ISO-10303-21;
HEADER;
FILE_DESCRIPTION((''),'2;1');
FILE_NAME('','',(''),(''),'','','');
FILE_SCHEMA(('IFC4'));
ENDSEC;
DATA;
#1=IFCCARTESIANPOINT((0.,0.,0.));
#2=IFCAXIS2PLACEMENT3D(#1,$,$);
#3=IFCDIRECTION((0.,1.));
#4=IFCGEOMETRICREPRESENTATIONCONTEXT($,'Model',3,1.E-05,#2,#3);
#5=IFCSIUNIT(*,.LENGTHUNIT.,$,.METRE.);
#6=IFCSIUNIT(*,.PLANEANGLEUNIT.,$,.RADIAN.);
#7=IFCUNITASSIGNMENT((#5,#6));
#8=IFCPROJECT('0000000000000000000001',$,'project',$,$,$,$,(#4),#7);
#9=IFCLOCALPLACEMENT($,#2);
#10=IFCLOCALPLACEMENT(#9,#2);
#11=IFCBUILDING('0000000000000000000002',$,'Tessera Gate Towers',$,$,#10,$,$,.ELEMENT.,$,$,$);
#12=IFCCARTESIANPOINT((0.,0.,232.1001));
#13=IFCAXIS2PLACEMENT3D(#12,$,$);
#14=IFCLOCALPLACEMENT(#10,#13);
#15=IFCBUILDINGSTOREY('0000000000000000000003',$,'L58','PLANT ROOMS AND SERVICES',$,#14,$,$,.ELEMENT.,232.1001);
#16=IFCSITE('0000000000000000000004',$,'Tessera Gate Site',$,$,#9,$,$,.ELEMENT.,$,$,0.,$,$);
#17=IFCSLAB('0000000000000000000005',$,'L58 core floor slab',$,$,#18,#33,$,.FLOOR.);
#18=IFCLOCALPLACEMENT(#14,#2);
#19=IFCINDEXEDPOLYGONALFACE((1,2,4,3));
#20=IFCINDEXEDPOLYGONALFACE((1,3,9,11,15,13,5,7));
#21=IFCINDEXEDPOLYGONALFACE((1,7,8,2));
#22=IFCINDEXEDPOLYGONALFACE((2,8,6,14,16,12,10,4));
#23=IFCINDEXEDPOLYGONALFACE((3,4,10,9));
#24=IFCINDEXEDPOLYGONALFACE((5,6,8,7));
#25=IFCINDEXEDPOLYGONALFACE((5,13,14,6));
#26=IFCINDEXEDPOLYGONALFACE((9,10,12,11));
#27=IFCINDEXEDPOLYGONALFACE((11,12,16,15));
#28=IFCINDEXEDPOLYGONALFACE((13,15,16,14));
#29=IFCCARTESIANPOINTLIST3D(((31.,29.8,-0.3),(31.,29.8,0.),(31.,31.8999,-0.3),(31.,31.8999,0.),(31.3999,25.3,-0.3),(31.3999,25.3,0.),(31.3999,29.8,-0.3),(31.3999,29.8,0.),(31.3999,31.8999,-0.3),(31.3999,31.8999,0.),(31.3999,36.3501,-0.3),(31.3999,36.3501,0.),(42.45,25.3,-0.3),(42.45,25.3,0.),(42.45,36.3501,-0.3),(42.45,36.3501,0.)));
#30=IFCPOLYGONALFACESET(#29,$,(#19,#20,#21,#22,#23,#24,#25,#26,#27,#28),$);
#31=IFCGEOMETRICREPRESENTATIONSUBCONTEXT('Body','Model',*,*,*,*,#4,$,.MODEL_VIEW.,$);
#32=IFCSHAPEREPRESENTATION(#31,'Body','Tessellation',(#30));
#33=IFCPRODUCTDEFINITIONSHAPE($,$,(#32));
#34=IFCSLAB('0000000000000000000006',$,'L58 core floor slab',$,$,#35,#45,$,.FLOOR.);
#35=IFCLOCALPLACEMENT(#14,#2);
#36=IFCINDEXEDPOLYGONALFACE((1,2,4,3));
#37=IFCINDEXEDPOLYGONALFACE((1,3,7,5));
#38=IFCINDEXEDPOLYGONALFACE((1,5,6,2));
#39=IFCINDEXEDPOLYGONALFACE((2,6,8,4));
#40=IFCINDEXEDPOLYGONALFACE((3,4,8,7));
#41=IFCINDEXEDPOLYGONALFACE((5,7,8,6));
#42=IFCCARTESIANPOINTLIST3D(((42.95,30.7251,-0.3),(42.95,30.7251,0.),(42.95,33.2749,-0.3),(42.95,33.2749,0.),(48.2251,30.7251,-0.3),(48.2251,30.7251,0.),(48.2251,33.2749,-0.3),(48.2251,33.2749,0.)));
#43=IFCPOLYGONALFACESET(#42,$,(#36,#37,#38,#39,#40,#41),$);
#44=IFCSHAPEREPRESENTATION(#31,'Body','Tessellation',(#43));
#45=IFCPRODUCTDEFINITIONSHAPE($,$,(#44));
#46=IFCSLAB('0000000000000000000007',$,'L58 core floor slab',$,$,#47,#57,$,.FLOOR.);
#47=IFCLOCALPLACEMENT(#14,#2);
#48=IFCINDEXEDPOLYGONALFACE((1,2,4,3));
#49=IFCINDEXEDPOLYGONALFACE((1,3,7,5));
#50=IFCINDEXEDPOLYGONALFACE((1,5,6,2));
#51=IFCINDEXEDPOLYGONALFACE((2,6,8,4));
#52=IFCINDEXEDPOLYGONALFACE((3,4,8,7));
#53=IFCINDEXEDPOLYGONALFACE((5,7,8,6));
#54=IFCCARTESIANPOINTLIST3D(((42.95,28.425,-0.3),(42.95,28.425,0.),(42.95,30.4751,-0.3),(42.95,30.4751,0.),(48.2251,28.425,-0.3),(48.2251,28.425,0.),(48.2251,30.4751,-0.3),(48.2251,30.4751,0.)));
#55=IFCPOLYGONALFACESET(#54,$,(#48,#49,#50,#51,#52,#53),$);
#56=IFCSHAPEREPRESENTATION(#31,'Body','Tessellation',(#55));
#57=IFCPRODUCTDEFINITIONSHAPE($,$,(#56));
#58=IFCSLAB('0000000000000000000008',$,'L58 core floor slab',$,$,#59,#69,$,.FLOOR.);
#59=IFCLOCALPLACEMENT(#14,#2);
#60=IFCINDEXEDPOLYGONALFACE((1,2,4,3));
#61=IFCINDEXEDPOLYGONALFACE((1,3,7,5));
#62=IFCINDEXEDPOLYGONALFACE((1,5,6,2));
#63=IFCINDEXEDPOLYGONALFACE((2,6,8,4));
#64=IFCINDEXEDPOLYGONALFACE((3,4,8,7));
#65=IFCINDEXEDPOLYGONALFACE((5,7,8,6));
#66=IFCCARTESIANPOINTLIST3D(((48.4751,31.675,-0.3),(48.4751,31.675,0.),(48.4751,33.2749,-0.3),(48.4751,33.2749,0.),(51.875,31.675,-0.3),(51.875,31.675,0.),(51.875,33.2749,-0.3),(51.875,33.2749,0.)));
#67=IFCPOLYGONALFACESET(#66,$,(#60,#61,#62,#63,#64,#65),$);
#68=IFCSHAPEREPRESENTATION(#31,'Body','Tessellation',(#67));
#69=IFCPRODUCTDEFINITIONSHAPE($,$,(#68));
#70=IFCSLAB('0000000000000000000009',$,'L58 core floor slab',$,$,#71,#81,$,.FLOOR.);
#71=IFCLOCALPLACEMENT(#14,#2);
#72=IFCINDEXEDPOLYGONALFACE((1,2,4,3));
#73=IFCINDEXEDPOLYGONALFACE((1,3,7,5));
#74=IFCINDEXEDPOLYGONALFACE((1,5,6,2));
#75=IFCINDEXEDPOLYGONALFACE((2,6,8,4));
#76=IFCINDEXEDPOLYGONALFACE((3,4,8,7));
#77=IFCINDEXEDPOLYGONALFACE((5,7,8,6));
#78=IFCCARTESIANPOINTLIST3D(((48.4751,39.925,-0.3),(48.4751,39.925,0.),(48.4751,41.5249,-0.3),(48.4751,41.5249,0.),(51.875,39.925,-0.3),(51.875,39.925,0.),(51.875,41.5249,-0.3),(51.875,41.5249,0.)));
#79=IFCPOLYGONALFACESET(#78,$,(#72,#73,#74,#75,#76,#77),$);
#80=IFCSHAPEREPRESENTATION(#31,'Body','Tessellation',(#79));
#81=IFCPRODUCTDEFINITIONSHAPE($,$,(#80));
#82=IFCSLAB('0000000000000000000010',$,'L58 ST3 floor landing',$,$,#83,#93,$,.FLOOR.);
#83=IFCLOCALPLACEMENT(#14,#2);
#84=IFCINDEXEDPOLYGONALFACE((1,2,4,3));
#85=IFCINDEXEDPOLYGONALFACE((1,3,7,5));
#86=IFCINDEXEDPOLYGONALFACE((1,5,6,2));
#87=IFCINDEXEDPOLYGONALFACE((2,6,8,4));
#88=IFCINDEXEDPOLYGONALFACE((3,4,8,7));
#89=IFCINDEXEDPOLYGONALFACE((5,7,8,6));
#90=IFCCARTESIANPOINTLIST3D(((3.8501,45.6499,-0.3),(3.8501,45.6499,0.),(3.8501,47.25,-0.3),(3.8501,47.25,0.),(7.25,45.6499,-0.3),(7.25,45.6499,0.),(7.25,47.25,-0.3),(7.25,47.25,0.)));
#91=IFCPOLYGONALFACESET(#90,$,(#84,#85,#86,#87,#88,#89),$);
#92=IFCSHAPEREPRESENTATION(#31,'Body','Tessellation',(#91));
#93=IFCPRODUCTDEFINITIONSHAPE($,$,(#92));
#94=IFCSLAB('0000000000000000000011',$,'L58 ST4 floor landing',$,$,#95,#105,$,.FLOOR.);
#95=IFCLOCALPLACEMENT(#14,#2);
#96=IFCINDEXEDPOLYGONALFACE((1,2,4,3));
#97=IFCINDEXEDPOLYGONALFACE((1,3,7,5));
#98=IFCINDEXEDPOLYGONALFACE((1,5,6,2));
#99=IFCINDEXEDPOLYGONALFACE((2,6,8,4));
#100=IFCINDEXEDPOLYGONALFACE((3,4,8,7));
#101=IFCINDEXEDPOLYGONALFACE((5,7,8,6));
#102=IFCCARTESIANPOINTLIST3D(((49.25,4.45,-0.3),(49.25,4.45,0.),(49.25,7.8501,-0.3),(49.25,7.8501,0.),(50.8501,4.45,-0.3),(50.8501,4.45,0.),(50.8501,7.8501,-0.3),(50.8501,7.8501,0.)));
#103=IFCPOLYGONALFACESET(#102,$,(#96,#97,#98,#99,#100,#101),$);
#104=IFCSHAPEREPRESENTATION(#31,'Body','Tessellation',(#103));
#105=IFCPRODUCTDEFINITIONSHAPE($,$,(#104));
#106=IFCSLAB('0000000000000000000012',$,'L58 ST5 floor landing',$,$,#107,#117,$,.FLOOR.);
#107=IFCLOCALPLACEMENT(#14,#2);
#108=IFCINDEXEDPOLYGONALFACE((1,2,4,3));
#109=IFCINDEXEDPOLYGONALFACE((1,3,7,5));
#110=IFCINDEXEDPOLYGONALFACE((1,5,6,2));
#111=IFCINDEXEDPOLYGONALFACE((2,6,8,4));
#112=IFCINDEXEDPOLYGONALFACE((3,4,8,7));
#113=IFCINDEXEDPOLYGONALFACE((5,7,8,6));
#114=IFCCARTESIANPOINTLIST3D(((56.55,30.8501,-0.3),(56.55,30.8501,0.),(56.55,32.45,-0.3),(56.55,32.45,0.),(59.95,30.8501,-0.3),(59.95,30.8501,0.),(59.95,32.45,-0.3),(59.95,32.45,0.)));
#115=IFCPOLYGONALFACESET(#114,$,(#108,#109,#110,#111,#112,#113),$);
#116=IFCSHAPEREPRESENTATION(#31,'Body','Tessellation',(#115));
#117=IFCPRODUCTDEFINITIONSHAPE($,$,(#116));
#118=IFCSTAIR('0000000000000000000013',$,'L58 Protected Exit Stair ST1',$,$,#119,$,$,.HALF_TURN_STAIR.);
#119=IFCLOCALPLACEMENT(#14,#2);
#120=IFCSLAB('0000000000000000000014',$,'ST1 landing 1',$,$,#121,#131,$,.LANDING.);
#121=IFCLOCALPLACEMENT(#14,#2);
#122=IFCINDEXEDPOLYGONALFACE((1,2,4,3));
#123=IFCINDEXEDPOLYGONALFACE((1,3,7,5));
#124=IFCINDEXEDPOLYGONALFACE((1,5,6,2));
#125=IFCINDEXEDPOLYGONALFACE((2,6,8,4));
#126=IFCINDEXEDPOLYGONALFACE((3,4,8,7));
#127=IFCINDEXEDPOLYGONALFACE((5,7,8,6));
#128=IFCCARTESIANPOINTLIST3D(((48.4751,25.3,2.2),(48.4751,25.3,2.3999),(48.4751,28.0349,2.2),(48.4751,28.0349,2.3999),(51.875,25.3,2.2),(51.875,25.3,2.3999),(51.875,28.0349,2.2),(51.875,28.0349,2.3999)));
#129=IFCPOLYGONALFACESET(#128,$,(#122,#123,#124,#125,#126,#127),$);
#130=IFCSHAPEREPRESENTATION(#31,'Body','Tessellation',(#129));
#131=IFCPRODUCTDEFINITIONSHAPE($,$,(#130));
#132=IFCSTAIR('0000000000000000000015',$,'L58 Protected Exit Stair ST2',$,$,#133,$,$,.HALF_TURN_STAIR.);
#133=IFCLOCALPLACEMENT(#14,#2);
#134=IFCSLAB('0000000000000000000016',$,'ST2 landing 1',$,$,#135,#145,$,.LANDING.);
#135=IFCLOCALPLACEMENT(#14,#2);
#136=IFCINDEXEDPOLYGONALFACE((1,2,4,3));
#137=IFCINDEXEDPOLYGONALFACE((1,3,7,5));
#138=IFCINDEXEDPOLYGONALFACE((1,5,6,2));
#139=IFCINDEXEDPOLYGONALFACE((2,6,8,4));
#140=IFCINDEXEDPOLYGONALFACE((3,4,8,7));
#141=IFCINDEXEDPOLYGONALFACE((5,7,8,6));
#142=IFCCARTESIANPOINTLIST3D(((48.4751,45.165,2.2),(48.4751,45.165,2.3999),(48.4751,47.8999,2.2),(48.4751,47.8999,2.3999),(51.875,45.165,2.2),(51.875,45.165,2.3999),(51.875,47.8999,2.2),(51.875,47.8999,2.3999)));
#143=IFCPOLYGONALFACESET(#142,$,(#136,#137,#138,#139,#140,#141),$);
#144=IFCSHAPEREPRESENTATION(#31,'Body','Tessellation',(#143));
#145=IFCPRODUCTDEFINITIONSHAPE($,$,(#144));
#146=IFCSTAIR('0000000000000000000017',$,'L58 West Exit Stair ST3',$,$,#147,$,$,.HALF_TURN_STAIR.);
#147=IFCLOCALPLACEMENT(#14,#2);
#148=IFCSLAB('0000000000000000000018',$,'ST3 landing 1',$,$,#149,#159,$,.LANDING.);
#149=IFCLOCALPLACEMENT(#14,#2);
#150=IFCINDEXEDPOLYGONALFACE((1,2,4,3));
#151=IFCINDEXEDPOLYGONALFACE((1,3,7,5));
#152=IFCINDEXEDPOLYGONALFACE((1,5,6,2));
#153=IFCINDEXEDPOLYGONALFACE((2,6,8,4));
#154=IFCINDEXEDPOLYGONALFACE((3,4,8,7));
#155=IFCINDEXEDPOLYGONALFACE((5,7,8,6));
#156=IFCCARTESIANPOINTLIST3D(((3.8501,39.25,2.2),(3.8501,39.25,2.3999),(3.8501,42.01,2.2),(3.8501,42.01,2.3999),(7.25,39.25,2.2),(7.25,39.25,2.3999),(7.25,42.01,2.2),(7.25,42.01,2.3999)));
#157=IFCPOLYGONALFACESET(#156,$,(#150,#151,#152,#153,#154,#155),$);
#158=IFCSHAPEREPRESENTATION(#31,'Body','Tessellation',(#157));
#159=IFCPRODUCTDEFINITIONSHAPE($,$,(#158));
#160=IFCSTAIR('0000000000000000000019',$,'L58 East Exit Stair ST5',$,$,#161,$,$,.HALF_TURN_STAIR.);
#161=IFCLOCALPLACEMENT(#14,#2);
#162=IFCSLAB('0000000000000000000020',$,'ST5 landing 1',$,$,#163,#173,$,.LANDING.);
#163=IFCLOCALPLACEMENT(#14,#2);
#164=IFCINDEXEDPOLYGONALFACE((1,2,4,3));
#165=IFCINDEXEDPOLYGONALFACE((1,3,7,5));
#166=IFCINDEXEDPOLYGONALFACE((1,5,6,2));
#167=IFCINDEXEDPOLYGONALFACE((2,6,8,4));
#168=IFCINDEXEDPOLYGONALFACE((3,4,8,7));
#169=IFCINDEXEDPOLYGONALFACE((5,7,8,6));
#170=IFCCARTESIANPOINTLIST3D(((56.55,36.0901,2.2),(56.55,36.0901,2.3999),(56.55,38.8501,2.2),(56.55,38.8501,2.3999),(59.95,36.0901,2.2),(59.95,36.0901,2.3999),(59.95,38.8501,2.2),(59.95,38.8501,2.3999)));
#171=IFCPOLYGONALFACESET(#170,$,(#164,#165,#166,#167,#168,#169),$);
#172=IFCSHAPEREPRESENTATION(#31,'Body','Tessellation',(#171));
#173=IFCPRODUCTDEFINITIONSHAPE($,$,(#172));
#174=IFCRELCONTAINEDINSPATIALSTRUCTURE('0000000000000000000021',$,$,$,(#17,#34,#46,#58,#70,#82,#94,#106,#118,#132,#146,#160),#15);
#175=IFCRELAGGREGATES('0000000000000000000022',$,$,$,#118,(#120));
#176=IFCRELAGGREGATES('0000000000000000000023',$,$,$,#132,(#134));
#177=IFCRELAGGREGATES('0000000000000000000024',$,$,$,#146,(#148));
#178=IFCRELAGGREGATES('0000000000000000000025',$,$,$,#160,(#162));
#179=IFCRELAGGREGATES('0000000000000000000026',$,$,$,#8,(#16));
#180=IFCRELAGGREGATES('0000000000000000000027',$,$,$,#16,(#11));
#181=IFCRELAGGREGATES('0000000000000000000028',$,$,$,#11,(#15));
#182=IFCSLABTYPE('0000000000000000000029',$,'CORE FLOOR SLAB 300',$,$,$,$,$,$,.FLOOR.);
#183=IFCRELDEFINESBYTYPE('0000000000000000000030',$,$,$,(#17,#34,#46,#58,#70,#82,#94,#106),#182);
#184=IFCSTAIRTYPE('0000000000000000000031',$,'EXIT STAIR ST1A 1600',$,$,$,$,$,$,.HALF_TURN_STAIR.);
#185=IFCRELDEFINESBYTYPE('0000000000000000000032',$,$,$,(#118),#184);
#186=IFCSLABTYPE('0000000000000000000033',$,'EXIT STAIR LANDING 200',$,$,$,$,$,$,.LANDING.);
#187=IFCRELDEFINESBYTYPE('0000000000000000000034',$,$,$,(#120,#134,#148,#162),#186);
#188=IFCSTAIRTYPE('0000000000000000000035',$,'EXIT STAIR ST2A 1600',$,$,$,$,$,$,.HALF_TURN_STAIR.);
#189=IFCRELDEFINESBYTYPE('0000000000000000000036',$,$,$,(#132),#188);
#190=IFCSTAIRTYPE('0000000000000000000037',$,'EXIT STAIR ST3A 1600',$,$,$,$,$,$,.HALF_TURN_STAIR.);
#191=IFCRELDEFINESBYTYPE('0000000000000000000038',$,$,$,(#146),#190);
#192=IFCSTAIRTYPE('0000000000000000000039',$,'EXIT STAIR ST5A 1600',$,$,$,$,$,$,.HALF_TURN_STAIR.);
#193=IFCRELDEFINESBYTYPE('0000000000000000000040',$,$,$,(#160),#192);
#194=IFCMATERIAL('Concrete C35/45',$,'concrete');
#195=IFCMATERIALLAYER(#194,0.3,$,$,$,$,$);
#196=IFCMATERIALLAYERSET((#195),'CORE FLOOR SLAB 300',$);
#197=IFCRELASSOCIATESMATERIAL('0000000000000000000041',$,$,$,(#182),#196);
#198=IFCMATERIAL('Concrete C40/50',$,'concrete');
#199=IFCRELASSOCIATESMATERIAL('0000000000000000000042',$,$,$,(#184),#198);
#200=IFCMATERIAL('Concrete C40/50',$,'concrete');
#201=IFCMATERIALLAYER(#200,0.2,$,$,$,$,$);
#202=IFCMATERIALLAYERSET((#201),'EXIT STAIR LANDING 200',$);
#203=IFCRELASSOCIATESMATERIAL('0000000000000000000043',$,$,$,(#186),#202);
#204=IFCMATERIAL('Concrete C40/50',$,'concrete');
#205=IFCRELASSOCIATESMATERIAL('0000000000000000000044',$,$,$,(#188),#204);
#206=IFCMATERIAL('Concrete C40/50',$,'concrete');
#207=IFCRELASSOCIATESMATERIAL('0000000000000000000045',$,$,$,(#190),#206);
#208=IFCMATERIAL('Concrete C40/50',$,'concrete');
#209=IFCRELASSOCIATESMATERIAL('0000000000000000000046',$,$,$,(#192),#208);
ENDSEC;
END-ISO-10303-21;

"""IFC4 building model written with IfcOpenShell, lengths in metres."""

from ifc_helpers import new_model, si_unit, direction, frame, origin, place, context, subcontext, project, spatial, polyline, outline, extrude, material, layer, layer_set, type_object, element, aggregate, save


model = new_model("IFC4")

# Units and contexts
model_context = context("Model", 3, precision=1e-05, world=origin(), true_north=direction((0.0, 1.0)))
body_context = subcontext(model_context, "Body", "Model", "MODEL_VIEW")
ifc_project = project(units=[si_unit("LENGTHUNIT", "METRE"), si_unit("PLANEANGLEUNIT", "RADIAN")], contexts=[model_context])

# Site, building, storey
site_placement = place(None, origin())
site = spatial("IfcSite", under=ifc_project, at=site_placement, Name="Tessera Gate Site", CompositionType="ELEMENT", RefElevation=0.0)
building_placement = place(site_placement, origin())
building = spatial("IfcBuilding", under=site, at=building_placement, Name="Tessera Gate Towers", CompositionType="ELEMENT")
storey_placement = place(building_placement, frame((0.0, 0.0, 232.1001)))
storey = spatial("IfcBuildingStorey", under=building, at=storey_placement, Name="L58", Description="PLANT ROOMS AND SERVICES", CompositionType="ELEMENT", Elevation=232.1001)

# Slabs
ifc_material_1 = material(Name="Concrete C35/45", Category="concrete")
ifc_layer_1 = layer(ifc_material_1, 0.3)
ifc_layer_set_1 = layer_set([ifc_layer_1], Name="CORE FLOOR SLAB 300")
slab_type_1 = type_object("IfcSlabType", Name="CORE FLOOR SLAB 300", PredefinedType="FLOOR", material=ifc_layer_set_1)
slab_1_placement = place(storey_placement, frame((0.0, 0.0, -0.3)))
element("IfcSlab", 1, at=slab_1_placement, inside=storey, type_object=slab_type_1, Name="L58 core floor slab", PredefinedType="FLOOR", context=body_context, shape_type="SweptSolid", body=[
    extrude(outline(polyline([(31.3999, 36.3501), (31.3999, 31.8999), (31.0, 31.8999), (31.0, 29.8), (31.3999, 29.8), (31.3999, 25.3), (42.45, 25.3), (42.45, 36.3501), (31.3999, 36.3501)])), origin(), (0.0, 0.0, 1.0), 0.3),
])
slab_2_placement = place(storey_placement, frame((0.0, 0.0, -0.3)))
element("IfcSlab", 2, at=slab_2_placement, inside=storey, type_object=slab_type_1, Name="L58 core floor slab", PredefinedType="FLOOR", context=body_context, shape_type="SweptSolid", body=[
    extrude(outline(polyline([(42.95, 33.2749), (42.95, 30.7251), (48.2251, 30.7251), (48.2251, 33.2749), (42.95, 33.2749)])), origin(), (0.0, 0.0, 1.0), 0.3),
])
slab_3_placement = place(storey_placement, frame((0.0, 0.0, -0.3)))
element("IfcSlab", 3, at=slab_3_placement, inside=storey, type_object=slab_type_1, Name="L58 core floor slab", PredefinedType="FLOOR", context=body_context, shape_type="SweptSolid", body=[
    extrude(outline(polyline([(48.2251, 30.4751), (42.95, 30.4751), (42.95, 28.425), (48.2251, 28.425), (48.2251, 30.4751)])), origin(), (0.0, 0.0, 1.0), 0.3),
])
slab_4_placement = place(storey_placement, frame((0.0, 0.0, -0.3)))
element("IfcSlab", 4, at=slab_4_placement, inside=storey, type_object=slab_type_1, Name="L58 core floor slab", PredefinedType="FLOOR", context=body_context, shape_type="SweptSolid", body=[
    extrude(outline(polyline([(51.875, 31.675), (51.875, 33.2749), (48.4751, 33.2749), (48.4751, 31.675), (51.875, 31.675)])), origin(), (0.0, 0.0, 1.0), 0.3),
])
slab_5_placement = place(storey_placement, frame((0.0, 0.0, -0.3)))
element("IfcSlab", 5, at=slab_5_placement, inside=storey, type_object=slab_type_1, Name="L58 core floor slab", PredefinedType="FLOOR", context=body_context, shape_type="SweptSolid", body=[
    extrude(outline(polyline([(48.4751, 41.5249), (48.4751, 39.925), (51.875, 39.925), (51.875, 41.5249), (48.4751, 41.5249)])), origin(), (0.0, 0.0, 1.0), 0.3),
])
slab_6_placement = place(storey_placement, frame((0.0, 0.0, -0.3)))
element("IfcSlab", 6, at=slab_6_placement, inside=storey, type_object=slab_type_1, Name="L58 ST3 floor landing", PredefinedType="FLOOR", context=body_context, shape_type="SweptSolid", body=[
    extrude(outline(polyline([(3.8501, 47.25), (3.8501, 45.6499), (7.25, 45.6499), (7.25, 47.25), (3.8501, 47.25)])), origin(), (0.0, 0.0, 1.0), 0.3),
])
slab_7_placement = place(storey_placement, frame((0.0, 0.0, -0.3)))
element("IfcSlab", 7, at=slab_7_placement, inside=storey, type_object=slab_type_1, Name="L58 ST4 floor landing", PredefinedType="FLOOR", context=body_context, shape_type="SweptSolid", body=[
    extrude(outline(polyline([(49.25, 4.45), (50.8501, 4.45), (50.8501, 7.8501), (49.25, 7.8501), (49.25, 4.45)])), origin(), (0.0, 0.0, 1.0), 0.3),
])
slab_8_placement = place(storey_placement, frame((0.0, 0.0, -0.3)))
element("IfcSlab", 8, at=slab_8_placement, inside=storey, type_object=slab_type_1, Name="L58 ST5 floor landing", PredefinedType="FLOOR", context=body_context, shape_type="SweptSolid", body=[
    extrude(outline(polyline([(59.95, 30.8501), (59.95, 32.45), (56.55, 32.45), (56.55, 30.8501), (59.95, 30.8501)])), origin(), (0.0, 0.0, 1.0), 0.3),
])

# Stairs, slabs
ifc_material_2 = material(Name="Concrete C40/50", Category="concrete")
stair_type_1 = type_object("IfcStairType", Name="EXIT STAIR ST1A 1600", PredefinedType="HALF_TURN_STAIR", material=ifc_material_2)
stair_1_placement = place(storey_placement, origin())
stair_1 = element("IfcStair", 9, at=stair_1_placement, inside=storey, type_object=stair_type_1, Name="L58 Protected Exit Stair ST1", PredefinedType="HALF_TURN_STAIR")
ifc_material_3 = material(Name="Concrete C40/50", Category="concrete")
ifc_layer_2 = layer(ifc_material_3, 0.2)
ifc_layer_set_2 = layer_set([ifc_layer_2], Name="EXIT STAIR LANDING 200")
slab_type_2 = type_object("IfcSlabType", Name="EXIT STAIR LANDING 200", PredefinedType="LANDING", material=ifc_layer_set_2)
slab_9_placement = place(storey_placement, frame((0.0, 0.0, 2.2)))
slab_9 = element("IfcSlab", 10, at=slab_9_placement, type_object=slab_type_2, Name="ST1 landing 1", PredefinedType="LANDING", context=body_context, shape_type="SweptSolid", body=[
    extrude(outline(polyline([(48.4751, 28.0349), (48.4751, 25.3), (51.875, 25.3), (51.875, 28.0349), (48.4751, 28.0349)])), origin(), (0.0, 0.0, 1.0), 0.2),
])
aggregate(stair_1, [slab_9])
ifc_material_4 = material(Name="Concrete C40/50", Category="concrete")
stair_type_2 = type_object("IfcStairType", Name="EXIT STAIR ST2A 1600", PredefinedType="HALF_TURN_STAIR", material=ifc_material_4)
stair_2_placement = place(storey_placement, origin())
stair_2 = element("IfcStair", 11, at=stair_2_placement, inside=storey, type_object=stair_type_2, Name="L58 Protected Exit Stair ST2", PredefinedType="HALF_TURN_STAIR")
slab_10_placement = place(storey_placement, frame((0.0, 0.0, 2.2)))
slab_10 = element("IfcSlab", 12, at=slab_10_placement, type_object=slab_type_2, Name="ST2 landing 1", PredefinedType="LANDING", context=body_context, shape_type="SweptSolid", body=[
    extrude(outline(polyline([(51.875, 45.165), (51.875, 47.8999), (48.4751, 47.8999), (48.4751, 45.165), (51.875, 45.165)])), origin(), (0.0, 0.0, 1.0), 0.2),
])
aggregate(stair_2, [slab_10])
ifc_material_5 = material(Name="Concrete C40/50", Category="concrete")
stair_type_3 = type_object("IfcStairType", Name="EXIT STAIR ST3A 1600", PredefinedType="HALF_TURN_STAIR", material=ifc_material_5)
stair_3_placement = place(storey_placement, origin())
stair_3 = element("IfcStair", 13, at=stair_3_placement, inside=storey, type_object=stair_type_3, Name="L58 West Exit Stair ST3", PredefinedType="HALF_TURN_STAIR")
slab_11_placement = place(storey_placement, frame((0.0, 0.0, 2.2)))
slab_11 = element("IfcSlab", 14, at=slab_11_placement, type_object=slab_type_2, Name="ST3 landing 1", PredefinedType="LANDING", context=body_context, shape_type="SweptSolid", body=[
    extrude(outline(polyline([(3.8501, 42.01), (3.8501, 39.25), (7.25, 39.25), (7.25, 42.01), (3.8501, 42.01)])), origin(), (0.0, 0.0, 1.0), 0.2),
])
aggregate(stair_3, [slab_11])
ifc_material_6 = material(Name="Concrete C40/50", Category="concrete")
stair_type_4 = type_object("IfcStairType", Name="EXIT STAIR ST5A 1600", PredefinedType="HALF_TURN_STAIR", material=ifc_material_6)
stair_4_placement = place(storey_placement, origin())
stair_4 = element("IfcStair", 15, at=stair_4_placement, inside=storey, type_object=stair_type_4, Name="L58 East Exit Stair ST5", PredefinedType="HALF_TURN_STAIR")
slab_12_placement = place(storey_placement, frame((0.0, 0.0, 2.2)))
slab_12 = element("IfcSlab", 16, at=slab_12_placement, type_object=slab_type_2, Name="ST5 landing 1", PredefinedType="LANDING", context=body_context, shape_type="SweptSolid", body=[
    extrude(outline(polyline([(59.95, 36.0901), (59.95, 38.8501), (56.55, 38.8501), (56.55, 36.0901), (59.95, 36.0901)])), origin(), (0.0, 0.0, 1.0), 0.2),
])
aggregate(stair_4, [slab_12])

save(model, "model.ifc")
